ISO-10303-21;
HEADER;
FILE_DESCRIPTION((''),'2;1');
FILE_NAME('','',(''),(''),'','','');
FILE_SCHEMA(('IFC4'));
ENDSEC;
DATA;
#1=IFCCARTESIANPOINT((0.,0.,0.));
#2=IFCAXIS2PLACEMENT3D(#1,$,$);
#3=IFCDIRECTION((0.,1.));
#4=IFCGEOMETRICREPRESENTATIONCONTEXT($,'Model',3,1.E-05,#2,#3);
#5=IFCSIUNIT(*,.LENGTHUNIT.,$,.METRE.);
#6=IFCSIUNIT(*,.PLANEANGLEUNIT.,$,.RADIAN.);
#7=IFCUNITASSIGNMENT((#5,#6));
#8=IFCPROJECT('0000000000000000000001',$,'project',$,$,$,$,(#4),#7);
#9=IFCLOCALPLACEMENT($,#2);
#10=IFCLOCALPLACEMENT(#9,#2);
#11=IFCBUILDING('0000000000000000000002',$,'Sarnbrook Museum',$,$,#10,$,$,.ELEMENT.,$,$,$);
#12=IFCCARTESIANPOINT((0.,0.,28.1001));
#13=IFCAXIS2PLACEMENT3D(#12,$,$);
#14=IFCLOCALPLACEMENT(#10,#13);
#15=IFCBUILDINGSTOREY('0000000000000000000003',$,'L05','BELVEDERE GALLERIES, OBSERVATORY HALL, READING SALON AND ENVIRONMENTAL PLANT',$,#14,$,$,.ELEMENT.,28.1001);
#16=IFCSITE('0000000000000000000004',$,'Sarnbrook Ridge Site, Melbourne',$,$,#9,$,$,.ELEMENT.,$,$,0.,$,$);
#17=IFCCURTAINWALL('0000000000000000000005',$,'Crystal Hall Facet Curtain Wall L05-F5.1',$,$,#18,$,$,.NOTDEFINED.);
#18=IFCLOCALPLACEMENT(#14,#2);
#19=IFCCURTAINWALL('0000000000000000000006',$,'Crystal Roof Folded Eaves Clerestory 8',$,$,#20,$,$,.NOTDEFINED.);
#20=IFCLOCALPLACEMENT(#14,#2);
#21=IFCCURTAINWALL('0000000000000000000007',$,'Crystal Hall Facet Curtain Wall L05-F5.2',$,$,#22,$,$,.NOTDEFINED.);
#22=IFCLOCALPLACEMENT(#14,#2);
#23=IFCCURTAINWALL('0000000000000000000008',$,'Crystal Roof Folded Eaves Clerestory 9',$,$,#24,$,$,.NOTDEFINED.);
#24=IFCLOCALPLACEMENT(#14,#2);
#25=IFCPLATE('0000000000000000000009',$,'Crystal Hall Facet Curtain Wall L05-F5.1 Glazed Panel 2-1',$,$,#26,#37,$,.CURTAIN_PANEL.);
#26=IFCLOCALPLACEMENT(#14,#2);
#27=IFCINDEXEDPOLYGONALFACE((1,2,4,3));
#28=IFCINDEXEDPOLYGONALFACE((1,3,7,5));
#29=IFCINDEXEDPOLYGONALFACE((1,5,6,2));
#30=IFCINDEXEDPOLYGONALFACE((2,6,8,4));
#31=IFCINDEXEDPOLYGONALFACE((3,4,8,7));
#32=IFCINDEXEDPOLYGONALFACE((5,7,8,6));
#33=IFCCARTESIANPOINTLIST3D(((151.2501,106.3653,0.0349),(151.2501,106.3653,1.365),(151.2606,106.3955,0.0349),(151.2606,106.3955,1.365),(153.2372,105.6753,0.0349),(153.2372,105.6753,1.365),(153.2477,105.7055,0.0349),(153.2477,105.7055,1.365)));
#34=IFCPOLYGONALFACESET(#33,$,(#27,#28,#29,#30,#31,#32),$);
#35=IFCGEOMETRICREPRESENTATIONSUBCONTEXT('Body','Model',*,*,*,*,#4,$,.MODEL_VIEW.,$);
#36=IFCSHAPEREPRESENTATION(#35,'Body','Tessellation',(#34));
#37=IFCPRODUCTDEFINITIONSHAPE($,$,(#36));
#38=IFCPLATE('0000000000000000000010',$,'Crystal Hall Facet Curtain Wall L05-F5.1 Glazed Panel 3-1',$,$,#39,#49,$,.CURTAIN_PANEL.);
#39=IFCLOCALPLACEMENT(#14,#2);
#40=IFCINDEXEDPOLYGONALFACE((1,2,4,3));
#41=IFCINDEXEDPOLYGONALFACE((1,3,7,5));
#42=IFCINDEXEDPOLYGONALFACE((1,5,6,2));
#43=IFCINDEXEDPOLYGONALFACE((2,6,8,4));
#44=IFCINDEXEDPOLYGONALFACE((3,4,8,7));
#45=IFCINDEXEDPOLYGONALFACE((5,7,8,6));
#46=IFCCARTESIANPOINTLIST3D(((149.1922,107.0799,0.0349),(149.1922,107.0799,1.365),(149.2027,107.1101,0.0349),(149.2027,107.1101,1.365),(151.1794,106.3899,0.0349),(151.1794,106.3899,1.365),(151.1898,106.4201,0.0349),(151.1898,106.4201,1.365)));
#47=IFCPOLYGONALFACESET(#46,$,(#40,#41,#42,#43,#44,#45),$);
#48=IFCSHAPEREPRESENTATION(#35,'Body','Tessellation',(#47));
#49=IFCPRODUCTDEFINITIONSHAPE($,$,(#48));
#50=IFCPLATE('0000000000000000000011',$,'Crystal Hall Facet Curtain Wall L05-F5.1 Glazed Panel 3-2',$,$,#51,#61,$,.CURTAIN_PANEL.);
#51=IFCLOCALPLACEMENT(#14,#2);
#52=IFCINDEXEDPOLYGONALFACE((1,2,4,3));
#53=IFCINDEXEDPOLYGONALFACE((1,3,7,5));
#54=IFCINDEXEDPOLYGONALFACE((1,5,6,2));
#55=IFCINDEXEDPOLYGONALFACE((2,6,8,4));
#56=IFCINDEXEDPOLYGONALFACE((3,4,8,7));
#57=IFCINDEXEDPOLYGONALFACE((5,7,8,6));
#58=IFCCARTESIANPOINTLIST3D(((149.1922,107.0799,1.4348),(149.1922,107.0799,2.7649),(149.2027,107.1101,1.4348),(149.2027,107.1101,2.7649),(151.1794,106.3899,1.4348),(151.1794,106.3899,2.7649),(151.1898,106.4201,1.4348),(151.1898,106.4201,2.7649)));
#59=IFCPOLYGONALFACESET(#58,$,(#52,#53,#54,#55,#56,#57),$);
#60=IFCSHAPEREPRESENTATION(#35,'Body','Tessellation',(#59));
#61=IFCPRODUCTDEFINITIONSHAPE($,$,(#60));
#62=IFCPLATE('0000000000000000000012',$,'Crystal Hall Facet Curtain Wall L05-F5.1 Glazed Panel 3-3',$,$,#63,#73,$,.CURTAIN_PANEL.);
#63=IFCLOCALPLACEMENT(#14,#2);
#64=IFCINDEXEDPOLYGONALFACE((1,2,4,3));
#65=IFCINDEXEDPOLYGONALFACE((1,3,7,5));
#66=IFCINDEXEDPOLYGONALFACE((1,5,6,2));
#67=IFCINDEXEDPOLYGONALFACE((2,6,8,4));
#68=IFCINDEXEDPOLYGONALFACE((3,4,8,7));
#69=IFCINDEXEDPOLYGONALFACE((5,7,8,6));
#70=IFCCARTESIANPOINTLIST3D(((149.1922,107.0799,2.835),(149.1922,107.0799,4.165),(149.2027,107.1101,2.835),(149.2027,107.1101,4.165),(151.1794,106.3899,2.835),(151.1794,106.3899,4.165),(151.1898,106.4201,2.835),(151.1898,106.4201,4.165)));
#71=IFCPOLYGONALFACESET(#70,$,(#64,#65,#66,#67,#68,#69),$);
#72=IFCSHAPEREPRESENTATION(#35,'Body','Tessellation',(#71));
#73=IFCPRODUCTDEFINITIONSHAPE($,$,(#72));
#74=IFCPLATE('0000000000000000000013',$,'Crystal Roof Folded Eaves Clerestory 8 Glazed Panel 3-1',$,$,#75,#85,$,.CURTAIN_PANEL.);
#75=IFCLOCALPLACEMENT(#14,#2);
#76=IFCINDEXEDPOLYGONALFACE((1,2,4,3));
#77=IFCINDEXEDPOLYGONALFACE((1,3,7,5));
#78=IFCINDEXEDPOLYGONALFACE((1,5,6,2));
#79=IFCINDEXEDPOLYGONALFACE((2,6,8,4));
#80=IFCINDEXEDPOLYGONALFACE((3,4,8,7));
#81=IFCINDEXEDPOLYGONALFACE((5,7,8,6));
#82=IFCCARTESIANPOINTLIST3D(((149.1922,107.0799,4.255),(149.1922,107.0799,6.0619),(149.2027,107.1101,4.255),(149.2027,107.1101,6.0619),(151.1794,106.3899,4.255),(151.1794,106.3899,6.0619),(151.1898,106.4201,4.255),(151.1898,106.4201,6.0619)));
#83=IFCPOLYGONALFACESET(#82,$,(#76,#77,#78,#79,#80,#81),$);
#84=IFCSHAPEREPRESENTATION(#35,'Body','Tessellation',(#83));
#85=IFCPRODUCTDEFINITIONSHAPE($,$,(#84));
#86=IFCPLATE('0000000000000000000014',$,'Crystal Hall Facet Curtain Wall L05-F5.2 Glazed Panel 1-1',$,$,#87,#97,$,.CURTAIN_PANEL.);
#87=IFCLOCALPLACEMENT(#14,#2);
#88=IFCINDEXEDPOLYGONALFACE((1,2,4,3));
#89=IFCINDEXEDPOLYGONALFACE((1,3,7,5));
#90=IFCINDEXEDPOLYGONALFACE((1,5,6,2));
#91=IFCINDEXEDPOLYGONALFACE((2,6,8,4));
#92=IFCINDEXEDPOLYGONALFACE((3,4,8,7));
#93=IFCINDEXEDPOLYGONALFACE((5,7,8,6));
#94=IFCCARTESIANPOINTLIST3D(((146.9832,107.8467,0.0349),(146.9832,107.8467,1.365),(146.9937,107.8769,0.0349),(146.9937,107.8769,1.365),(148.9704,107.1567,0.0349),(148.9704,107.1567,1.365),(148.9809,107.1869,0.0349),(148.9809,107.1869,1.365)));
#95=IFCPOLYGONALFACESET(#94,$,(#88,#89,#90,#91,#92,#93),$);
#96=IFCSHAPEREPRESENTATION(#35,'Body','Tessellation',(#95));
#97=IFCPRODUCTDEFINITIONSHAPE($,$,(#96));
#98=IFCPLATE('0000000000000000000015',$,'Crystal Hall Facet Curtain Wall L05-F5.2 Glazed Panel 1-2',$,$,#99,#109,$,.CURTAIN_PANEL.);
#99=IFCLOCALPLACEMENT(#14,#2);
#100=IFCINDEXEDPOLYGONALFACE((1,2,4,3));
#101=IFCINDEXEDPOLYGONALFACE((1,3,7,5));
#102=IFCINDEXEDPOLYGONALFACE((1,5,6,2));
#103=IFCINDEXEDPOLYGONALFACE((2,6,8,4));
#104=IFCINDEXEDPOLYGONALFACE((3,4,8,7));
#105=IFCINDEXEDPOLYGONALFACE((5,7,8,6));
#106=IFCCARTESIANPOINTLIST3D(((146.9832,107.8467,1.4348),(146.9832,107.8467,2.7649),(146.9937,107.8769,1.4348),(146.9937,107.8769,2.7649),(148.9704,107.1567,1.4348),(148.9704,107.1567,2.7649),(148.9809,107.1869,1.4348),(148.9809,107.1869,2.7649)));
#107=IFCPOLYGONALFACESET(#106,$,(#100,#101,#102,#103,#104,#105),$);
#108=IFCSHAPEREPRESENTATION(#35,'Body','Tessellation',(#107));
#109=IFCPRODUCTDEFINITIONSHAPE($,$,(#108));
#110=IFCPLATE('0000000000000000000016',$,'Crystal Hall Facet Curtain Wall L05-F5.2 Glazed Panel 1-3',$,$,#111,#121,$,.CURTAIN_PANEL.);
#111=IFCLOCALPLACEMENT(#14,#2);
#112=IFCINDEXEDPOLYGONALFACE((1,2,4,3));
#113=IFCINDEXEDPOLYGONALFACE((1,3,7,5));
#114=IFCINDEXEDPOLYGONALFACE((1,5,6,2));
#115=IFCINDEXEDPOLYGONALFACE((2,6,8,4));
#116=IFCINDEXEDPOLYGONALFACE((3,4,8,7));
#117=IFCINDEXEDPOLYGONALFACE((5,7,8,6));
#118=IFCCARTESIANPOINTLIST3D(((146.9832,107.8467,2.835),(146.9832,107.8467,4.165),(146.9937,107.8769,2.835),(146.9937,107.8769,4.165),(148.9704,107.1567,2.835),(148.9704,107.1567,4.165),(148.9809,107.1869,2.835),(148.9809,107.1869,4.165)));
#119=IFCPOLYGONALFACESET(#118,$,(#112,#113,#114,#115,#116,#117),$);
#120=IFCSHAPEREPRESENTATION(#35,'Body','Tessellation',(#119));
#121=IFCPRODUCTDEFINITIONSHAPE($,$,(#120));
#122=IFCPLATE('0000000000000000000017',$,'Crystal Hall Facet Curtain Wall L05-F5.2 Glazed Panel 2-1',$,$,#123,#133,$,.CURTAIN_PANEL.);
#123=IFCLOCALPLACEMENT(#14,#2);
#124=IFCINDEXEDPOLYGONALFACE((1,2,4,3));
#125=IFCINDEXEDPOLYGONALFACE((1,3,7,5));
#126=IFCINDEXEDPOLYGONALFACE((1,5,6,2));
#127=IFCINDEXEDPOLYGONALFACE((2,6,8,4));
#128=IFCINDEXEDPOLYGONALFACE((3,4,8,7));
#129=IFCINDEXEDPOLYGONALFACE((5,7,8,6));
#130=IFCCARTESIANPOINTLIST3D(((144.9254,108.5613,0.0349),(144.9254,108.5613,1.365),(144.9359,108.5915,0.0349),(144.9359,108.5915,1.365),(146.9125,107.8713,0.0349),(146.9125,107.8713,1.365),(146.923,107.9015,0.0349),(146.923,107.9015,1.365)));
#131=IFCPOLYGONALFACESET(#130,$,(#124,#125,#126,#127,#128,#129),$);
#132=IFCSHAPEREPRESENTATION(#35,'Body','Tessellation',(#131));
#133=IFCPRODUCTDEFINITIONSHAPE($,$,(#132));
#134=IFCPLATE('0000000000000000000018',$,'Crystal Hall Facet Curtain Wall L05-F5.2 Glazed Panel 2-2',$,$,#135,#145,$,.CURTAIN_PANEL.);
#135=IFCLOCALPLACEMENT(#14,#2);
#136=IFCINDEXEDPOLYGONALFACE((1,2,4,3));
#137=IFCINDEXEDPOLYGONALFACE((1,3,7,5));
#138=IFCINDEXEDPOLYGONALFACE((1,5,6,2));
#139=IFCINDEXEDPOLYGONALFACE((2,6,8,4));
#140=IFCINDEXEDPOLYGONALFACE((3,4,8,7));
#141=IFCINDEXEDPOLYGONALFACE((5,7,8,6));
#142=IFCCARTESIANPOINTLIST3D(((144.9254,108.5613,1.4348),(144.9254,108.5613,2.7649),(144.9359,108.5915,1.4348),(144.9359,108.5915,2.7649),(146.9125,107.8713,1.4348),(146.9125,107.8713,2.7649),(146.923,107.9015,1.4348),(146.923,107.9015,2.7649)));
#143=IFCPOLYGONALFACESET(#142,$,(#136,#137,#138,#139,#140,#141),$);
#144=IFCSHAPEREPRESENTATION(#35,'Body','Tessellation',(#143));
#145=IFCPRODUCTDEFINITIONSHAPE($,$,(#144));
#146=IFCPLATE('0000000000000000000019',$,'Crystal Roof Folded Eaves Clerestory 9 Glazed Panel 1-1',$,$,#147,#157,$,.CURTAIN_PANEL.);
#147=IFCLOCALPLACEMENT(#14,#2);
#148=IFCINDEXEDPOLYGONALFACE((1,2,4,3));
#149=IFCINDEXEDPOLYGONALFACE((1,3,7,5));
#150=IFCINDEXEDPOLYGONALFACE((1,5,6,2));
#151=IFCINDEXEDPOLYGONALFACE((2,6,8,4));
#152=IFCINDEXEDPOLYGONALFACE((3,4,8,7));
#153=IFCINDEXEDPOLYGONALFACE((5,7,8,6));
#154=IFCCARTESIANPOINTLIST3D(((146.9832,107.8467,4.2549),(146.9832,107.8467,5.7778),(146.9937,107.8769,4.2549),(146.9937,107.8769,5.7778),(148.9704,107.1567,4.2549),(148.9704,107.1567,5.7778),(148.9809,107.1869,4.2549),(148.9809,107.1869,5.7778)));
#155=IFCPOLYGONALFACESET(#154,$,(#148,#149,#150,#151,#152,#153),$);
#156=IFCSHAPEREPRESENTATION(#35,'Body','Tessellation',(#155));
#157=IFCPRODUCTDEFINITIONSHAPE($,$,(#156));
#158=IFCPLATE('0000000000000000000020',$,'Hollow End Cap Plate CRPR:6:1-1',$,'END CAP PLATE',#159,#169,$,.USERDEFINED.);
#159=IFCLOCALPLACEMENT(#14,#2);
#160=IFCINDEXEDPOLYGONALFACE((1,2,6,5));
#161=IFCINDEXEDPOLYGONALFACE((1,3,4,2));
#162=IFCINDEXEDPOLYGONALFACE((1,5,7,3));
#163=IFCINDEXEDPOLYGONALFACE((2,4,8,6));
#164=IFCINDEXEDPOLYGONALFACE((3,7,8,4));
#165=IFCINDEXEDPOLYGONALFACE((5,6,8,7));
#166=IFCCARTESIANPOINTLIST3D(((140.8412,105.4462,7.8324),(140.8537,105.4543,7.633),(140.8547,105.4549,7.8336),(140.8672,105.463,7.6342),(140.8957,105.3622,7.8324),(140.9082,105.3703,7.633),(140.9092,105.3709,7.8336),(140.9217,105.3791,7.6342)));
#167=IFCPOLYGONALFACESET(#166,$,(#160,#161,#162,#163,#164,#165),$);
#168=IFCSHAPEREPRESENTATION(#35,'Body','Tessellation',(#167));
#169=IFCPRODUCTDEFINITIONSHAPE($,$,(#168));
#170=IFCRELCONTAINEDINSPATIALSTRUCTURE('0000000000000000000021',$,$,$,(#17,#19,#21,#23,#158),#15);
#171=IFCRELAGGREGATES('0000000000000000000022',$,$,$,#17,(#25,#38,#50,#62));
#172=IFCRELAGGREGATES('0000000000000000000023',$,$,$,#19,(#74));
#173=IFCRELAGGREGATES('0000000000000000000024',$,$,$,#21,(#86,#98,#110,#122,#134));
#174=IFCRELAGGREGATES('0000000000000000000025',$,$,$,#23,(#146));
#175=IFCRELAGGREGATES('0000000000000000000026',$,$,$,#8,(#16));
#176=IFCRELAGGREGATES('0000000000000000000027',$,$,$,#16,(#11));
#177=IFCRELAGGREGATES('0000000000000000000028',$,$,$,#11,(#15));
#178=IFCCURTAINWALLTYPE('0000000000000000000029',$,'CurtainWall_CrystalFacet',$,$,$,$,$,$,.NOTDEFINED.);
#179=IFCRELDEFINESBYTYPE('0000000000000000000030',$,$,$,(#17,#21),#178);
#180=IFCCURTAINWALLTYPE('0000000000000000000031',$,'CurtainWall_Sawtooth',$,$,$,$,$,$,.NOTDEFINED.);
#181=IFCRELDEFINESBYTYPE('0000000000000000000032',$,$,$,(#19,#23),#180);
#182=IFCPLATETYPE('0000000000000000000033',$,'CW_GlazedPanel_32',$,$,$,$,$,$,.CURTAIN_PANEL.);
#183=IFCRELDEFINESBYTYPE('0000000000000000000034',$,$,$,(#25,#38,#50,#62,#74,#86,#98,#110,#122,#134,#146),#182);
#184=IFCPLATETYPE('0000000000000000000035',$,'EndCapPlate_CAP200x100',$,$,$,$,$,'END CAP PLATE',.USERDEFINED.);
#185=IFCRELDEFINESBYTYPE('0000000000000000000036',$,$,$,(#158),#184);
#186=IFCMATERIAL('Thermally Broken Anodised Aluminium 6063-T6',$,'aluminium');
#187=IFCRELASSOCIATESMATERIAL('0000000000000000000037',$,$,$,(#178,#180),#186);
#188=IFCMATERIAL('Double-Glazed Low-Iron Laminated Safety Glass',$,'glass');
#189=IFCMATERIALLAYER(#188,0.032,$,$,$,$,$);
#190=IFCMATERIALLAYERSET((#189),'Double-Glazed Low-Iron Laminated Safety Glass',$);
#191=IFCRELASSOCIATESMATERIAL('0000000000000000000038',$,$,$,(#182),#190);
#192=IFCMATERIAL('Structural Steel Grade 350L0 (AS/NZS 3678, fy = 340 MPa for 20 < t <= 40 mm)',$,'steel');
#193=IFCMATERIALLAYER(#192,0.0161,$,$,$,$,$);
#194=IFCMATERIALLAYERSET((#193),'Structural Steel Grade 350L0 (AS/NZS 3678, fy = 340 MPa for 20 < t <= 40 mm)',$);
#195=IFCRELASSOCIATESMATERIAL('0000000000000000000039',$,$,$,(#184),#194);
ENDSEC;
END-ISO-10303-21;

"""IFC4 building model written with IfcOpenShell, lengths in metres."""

from ifc_helpers import new_model, si_unit, direction, frame, origin, origin_2d, place, context, subcontext, project, spatial, rectangle, extrude, material, layer, layer_set, type_object, element, aggregate, save


model = new_model("IFC4")

# Units and contexts
model_context = context("Model", 3, precision=1e-05, world=origin(), true_north=direction((0.0, 1.0)))
body_context = subcontext(model_context, "Body", "Model", "MODEL_VIEW")
ifc_project = project(units=[si_unit("LENGTHUNIT", "METRE"), si_unit("PLANEANGLEUNIT", "RADIAN")], contexts=[model_context])

# Site, building, storey
site_placement = place(None, origin())
site = spatial("IfcSite", under=ifc_project, at=site_placement, Name="Sarnbrook Ridge Site, Melbourne", CompositionType="ELEMENT", RefElevation=0.0)
building_placement = place(site_placement, origin())
building = spatial("IfcBuilding", under=site, at=building_placement, Name="Sarnbrook Museum", CompositionType="ELEMENT")
storey_placement = place(building_placement, frame((0.0, 0.0, 28.1001)))
storey = spatial("IfcBuildingStorey", under=building, at=storey_placement, Name="L05", Description="BELVEDERE GALLERIES, OBSERVATORY HALL, READING SALON AND ENVIRONMENTAL PLANT", CompositionType="ELEMENT", Elevation=28.1001)

# Curtain walls
ifc_material_1 = material(Name="Thermally Broken Anodised Aluminium 6063-T6", Category="aluminium")
curtain_wall_type_1 = type_object("IfcCurtainWallType", Name="CurtainWall_CrystalFacet", PredefinedType="NOTDEFINED", material=ifc_material_1)
curtain_wall_1_placement = place(storey_placement, origin())
curtain_wall_1 = element("IfcCurtainWall", 1, at=curtain_wall_1_placement, inside=storey, type_object=curtain_wall_type_1, Name="Crystal Hall Facet Curtain Wall L05-F5.1", PredefinedType="NOTDEFINED")
curtain_wall_type_2 = type_object("IfcCurtainWallType", Name="CurtainWall_Sawtooth", PredefinedType="NOTDEFINED", material=ifc_material_1)
curtain_wall_2_placement = place(storey_placement, origin())
curtain_wall_2 = element("IfcCurtainWall", 2, at=curtain_wall_2_placement, inside=storey, type_object=curtain_wall_type_2, Name="Crystal Roof Folded Eaves Clerestory 8", PredefinedType="NOTDEFINED")
curtain_wall_3_placement = place(storey_placement, origin())
curtain_wall_3 = element("IfcCurtainWall", 3, at=curtain_wall_3_placement, inside=storey, type_object=curtain_wall_type_1, Name="Crystal Hall Facet Curtain Wall L05-F5.2", PredefinedType="NOTDEFINED")
curtain_wall_4_placement = place(storey_placement, origin())
curtain_wall_4 = element("IfcCurtainWall", 4, at=curtain_wall_4_placement, inside=storey, type_object=curtain_wall_type_2, Name="Crystal Roof Folded Eaves Clerestory 9", PredefinedType="NOTDEFINED")

# Plates
ifc_material_2 = material(Name="Double-Glazed Low-Iron Laminated Safety Glass", Category="glass")
ifc_layer_1 = layer(ifc_material_2, 0.032)
ifc_layer_set_1 = layer_set([ifc_layer_1], Name="Double-Glazed Low-Iron Laminated Safety Glass")
plate_type_1 = type_object("IfcPlateType", Name="CW_GlazedPanel_32", PredefinedType="CURTAIN_PANEL", material=ifc_layer_set_1)
plate_1_placement = place(storey_placement, frame((152.2437, 106.0203, 0.7), z_axis=(0.328015, 0.944673, 0.0), x_axis=(-0.944673, 0.328015, 0.0)))
plate_1 = element("IfcPlate", 5, at=plate_1_placement, type_object=plate_type_1, Name="Crystal Hall Facet Curtain Wall L05-F5.1 Glazed Panel 2-1", PredefinedType="CURTAIN_PANEL", context=body_context, shape_type="SweptSolid", body=[
    extrude(rectangle(XDim=2.1035, YDim=1.3301, at=origin_2d()), origin(), (0.0, 0.0, 1.0), 0.032),
])
plate_2_placement = place(storey_placement, frame((150.1858, 106.7349, 0.7), z_axis=(0.328015, 0.944673, 0.0), x_axis=(-0.944673, 0.328015, 0.0)))
plate_2 = element("IfcPlate", 6, at=plate_2_placement, type_object=plate_type_1, Name="Crystal Hall Facet Curtain Wall L05-F5.1 Glazed Panel 3-1", PredefinedType="CURTAIN_PANEL", context=body_context, shape_type="SweptSolid", body=[
    extrude(rectangle(XDim=2.1035, YDim=1.3301, at=origin_2d()), origin(), (0.0, 0.0, 1.0), 0.032),
])
plate_3_placement = place(storey_placement, frame((150.1858, 106.7349, 2.0999), z_axis=(0.328015, 0.944673, 0.0), x_axis=(-0.944673, 0.328015, 0.0)))
plate_3 = element("IfcPlate", 7, at=plate_3_placement, type_object=plate_type_1, Name="Crystal Hall Facet Curtain Wall L05-F5.1 Glazed Panel 3-2", PredefinedType="CURTAIN_PANEL", context=body_context, shape_type="SweptSolid", body=[
    extrude(rectangle(XDim=2.1035, YDim=1.3301, at=origin_2d()), origin(), (0.0, 0.0, 1.0), 0.032),
])
plate_4_placement = place(storey_placement, frame((150.1858, 106.7349, 3.5), z_axis=(0.328015, 0.944673, 0.0), x_axis=(-0.944673, 0.328015, 0.0)))
plate_4 = element("IfcPlate", 8, at=plate_4_placement, type_object=plate_type_1, Name="Crystal Hall Facet Curtain Wall L05-F5.1 Glazed Panel 3-3", PredefinedType="CURTAIN_PANEL", context=body_context, shape_type="SweptSolid", body=[
    extrude(rectangle(XDim=2.1035, YDim=1.3301, at=origin_2d()), origin(), (0.0, 0.0, 1.0), 0.032),
])
aggregate(curtain_wall_1, [plate_1, plate_2, plate_3, plate_4])
plate_5_placement = place(storey_placement, frame((150.1858, 106.7349, 5.1584), z_axis=(0.328015, 0.944673, 0.0), x_axis=(-0.944673, 0.328015, 0.0)))
plate_5 = element("IfcPlate", 9, at=plate_5_placement, type_object=plate_type_1, Name="Crystal Roof Folded Eaves Clerestory 8 Glazed Panel 3-1", PredefinedType="CURTAIN_PANEL", context=body_context, shape_type="SweptSolid", body=[
    extrude(rectangle(XDim=2.1035, YDim=1.8069, at=origin_2d()), origin(), (0.0, 0.0, 1.0), 0.032),
])
aggregate(curtain_wall_2, [plate_5])
plate_6_placement = place(storey_placement, frame((147.9768, 107.5017, 0.7), z_axis=(0.328015, 0.944673, 0.0), x_axis=(-0.944673, 0.328015, 0.0)))
plate_6 = element("IfcPlate", 10, at=plate_6_placement, type_object=plate_type_1, Name="Crystal Hall Facet Curtain Wall L05-F5.2 Glazed Panel 1-1", PredefinedType="CURTAIN_PANEL", context=body_context, shape_type="SweptSolid", body=[
    extrude(rectangle(XDim=2.1035, YDim=1.3301, at=origin_2d()), origin(), (0.0, 0.0, 1.0), 0.032),
])
plate_7_placement = place(storey_placement, frame((147.9768, 107.5017, 2.0999), z_axis=(0.328015, 0.944673, 0.0), x_axis=(-0.944673, 0.328015, 0.0)))
plate_7 = element("IfcPlate", 11, at=plate_7_placement, type_object=plate_type_1, Name="Crystal Hall Facet Curtain Wall L05-F5.2 Glazed Panel 1-2", PredefinedType="CURTAIN_PANEL", context=body_context, shape_type="SweptSolid", body=[
    extrude(rectangle(XDim=2.1035, YDim=1.3301, at=origin_2d()), origin(), (0.0, 0.0, 1.0), 0.032),
])
plate_8_placement = place(storey_placement, frame((147.9768, 107.5017, 3.5), z_axis=(0.328015, 0.944673, 0.0), x_axis=(-0.944673, 0.328015, 0.0)))
plate_8 = element("IfcPlate", 12, at=plate_8_placement, type_object=plate_type_1, Name="Crystal Hall Facet Curtain Wall L05-F5.2 Glazed Panel 1-3", PredefinedType="CURTAIN_PANEL", context=body_context, shape_type="SweptSolid", body=[
    extrude(rectangle(XDim=2.1035, YDim=1.3301, at=origin_2d()), origin(), (0.0, 0.0, 1.0), 0.032),
])
plate_9_placement = place(storey_placement, frame((145.9189, 108.2163, 0.7), z_axis=(0.328015, 0.944673, 0.0), x_axis=(-0.944673, 0.328015, 0.0)))
plate_9 = element("IfcPlate", 13, at=plate_9_placement, type_object=plate_type_1, Name="Crystal Hall Facet Curtain Wall L05-F5.2 Glazed Panel 2-1", PredefinedType="CURTAIN_PANEL", context=body_context, shape_type="SweptSolid", body=[
    extrude(rectangle(XDim=2.1035, YDim=1.3301, at=origin_2d()), origin(), (0.0, 0.0, 1.0), 0.032),
])
plate_10_placement = place(storey_placement, frame((145.9189, 108.2163, 2.0999), z_axis=(0.328015, 0.944673, 0.0), x_axis=(-0.944673, 0.328015, 0.0)))
plate_10 = element("IfcPlate", 14, at=plate_10_placement, type_object=plate_type_1, Name="Crystal Hall Facet Curtain Wall L05-F5.2 Glazed Panel 2-2", PredefinedType="CURTAIN_PANEL", context=body_context, shape_type="SweptSolid", body=[
    extrude(rectangle(XDim=2.1035, YDim=1.3301, at=origin_2d()), origin(), (0.0, 0.0, 1.0), 0.032),
])
aggregate(curtain_wall_3, [plate_6, plate_7, plate_8, plate_9, plate_10])
plate_11_placement = place(storey_placement, frame((147.9768, 107.5017, 5.0164), z_axis=(0.328015, 0.944673, 0.0), x_axis=(-0.944673, 0.328015, 0.0)))
plate_11 = element("IfcPlate", 15, at=plate_11_placement, type_object=plate_type_1, Name="Crystal Roof Folded Eaves Clerestory 9 Glazed Panel 1-1", PredefinedType="CURTAIN_PANEL", context=body_context, shape_type="SweptSolid", body=[
    extrude(rectangle(XDim=2.1035, YDim=1.5229, at=origin_2d()), origin(), (0.0, 0.0, 1.0), 0.032),
])
aggregate(curtain_wall_4, [plate_11])
ifc_material_3 = material(Name="Structural Steel Grade 350L0 (AS/NZS 3678, fy = 340 MPa for 20 < t <= 40 mm)", Category="steel")
ifc_layer_2 = layer(ifc_material_3, 0.0161)
ifc_layer_set_2 = layer_set([ifc_layer_2], Name="Structural Steel Grade 350L0 (AS/NZS 3678, fy = 340 MPa for 20 < t <= 40 mm)")
plate_type_2 = type_object("IfcPlateType", Name="EndCapPlate_CAP200x100", ElementType="END CAP PLATE", PredefinedType="USERDEFINED", material=ifc_layer_set_2)
plate_12_placement = place(storey_placement, frame((140.8882, 105.417, 7.7339), z_axis=(-0.836561, -0.542767, -0.074627), x_axis=(0.544285, -0.838901, 0.0)))
element("IfcPlate", 16, at=plate_12_placement, inside=storey, type_object=plate_type_2, Name="Hollow End Cap Plate CRPR:6:1-1", ObjectType="END CAP PLATE", PredefinedType="USERDEFINED", context=body_context, shape_type="SweptSolid", body=[
    extrude(rectangle(XDim=0.1001, YDim=0.2, at=origin_2d()), origin(), (0.0, 0.0, 1.0), 0.0161),
])

save(model, "model.ifc")
